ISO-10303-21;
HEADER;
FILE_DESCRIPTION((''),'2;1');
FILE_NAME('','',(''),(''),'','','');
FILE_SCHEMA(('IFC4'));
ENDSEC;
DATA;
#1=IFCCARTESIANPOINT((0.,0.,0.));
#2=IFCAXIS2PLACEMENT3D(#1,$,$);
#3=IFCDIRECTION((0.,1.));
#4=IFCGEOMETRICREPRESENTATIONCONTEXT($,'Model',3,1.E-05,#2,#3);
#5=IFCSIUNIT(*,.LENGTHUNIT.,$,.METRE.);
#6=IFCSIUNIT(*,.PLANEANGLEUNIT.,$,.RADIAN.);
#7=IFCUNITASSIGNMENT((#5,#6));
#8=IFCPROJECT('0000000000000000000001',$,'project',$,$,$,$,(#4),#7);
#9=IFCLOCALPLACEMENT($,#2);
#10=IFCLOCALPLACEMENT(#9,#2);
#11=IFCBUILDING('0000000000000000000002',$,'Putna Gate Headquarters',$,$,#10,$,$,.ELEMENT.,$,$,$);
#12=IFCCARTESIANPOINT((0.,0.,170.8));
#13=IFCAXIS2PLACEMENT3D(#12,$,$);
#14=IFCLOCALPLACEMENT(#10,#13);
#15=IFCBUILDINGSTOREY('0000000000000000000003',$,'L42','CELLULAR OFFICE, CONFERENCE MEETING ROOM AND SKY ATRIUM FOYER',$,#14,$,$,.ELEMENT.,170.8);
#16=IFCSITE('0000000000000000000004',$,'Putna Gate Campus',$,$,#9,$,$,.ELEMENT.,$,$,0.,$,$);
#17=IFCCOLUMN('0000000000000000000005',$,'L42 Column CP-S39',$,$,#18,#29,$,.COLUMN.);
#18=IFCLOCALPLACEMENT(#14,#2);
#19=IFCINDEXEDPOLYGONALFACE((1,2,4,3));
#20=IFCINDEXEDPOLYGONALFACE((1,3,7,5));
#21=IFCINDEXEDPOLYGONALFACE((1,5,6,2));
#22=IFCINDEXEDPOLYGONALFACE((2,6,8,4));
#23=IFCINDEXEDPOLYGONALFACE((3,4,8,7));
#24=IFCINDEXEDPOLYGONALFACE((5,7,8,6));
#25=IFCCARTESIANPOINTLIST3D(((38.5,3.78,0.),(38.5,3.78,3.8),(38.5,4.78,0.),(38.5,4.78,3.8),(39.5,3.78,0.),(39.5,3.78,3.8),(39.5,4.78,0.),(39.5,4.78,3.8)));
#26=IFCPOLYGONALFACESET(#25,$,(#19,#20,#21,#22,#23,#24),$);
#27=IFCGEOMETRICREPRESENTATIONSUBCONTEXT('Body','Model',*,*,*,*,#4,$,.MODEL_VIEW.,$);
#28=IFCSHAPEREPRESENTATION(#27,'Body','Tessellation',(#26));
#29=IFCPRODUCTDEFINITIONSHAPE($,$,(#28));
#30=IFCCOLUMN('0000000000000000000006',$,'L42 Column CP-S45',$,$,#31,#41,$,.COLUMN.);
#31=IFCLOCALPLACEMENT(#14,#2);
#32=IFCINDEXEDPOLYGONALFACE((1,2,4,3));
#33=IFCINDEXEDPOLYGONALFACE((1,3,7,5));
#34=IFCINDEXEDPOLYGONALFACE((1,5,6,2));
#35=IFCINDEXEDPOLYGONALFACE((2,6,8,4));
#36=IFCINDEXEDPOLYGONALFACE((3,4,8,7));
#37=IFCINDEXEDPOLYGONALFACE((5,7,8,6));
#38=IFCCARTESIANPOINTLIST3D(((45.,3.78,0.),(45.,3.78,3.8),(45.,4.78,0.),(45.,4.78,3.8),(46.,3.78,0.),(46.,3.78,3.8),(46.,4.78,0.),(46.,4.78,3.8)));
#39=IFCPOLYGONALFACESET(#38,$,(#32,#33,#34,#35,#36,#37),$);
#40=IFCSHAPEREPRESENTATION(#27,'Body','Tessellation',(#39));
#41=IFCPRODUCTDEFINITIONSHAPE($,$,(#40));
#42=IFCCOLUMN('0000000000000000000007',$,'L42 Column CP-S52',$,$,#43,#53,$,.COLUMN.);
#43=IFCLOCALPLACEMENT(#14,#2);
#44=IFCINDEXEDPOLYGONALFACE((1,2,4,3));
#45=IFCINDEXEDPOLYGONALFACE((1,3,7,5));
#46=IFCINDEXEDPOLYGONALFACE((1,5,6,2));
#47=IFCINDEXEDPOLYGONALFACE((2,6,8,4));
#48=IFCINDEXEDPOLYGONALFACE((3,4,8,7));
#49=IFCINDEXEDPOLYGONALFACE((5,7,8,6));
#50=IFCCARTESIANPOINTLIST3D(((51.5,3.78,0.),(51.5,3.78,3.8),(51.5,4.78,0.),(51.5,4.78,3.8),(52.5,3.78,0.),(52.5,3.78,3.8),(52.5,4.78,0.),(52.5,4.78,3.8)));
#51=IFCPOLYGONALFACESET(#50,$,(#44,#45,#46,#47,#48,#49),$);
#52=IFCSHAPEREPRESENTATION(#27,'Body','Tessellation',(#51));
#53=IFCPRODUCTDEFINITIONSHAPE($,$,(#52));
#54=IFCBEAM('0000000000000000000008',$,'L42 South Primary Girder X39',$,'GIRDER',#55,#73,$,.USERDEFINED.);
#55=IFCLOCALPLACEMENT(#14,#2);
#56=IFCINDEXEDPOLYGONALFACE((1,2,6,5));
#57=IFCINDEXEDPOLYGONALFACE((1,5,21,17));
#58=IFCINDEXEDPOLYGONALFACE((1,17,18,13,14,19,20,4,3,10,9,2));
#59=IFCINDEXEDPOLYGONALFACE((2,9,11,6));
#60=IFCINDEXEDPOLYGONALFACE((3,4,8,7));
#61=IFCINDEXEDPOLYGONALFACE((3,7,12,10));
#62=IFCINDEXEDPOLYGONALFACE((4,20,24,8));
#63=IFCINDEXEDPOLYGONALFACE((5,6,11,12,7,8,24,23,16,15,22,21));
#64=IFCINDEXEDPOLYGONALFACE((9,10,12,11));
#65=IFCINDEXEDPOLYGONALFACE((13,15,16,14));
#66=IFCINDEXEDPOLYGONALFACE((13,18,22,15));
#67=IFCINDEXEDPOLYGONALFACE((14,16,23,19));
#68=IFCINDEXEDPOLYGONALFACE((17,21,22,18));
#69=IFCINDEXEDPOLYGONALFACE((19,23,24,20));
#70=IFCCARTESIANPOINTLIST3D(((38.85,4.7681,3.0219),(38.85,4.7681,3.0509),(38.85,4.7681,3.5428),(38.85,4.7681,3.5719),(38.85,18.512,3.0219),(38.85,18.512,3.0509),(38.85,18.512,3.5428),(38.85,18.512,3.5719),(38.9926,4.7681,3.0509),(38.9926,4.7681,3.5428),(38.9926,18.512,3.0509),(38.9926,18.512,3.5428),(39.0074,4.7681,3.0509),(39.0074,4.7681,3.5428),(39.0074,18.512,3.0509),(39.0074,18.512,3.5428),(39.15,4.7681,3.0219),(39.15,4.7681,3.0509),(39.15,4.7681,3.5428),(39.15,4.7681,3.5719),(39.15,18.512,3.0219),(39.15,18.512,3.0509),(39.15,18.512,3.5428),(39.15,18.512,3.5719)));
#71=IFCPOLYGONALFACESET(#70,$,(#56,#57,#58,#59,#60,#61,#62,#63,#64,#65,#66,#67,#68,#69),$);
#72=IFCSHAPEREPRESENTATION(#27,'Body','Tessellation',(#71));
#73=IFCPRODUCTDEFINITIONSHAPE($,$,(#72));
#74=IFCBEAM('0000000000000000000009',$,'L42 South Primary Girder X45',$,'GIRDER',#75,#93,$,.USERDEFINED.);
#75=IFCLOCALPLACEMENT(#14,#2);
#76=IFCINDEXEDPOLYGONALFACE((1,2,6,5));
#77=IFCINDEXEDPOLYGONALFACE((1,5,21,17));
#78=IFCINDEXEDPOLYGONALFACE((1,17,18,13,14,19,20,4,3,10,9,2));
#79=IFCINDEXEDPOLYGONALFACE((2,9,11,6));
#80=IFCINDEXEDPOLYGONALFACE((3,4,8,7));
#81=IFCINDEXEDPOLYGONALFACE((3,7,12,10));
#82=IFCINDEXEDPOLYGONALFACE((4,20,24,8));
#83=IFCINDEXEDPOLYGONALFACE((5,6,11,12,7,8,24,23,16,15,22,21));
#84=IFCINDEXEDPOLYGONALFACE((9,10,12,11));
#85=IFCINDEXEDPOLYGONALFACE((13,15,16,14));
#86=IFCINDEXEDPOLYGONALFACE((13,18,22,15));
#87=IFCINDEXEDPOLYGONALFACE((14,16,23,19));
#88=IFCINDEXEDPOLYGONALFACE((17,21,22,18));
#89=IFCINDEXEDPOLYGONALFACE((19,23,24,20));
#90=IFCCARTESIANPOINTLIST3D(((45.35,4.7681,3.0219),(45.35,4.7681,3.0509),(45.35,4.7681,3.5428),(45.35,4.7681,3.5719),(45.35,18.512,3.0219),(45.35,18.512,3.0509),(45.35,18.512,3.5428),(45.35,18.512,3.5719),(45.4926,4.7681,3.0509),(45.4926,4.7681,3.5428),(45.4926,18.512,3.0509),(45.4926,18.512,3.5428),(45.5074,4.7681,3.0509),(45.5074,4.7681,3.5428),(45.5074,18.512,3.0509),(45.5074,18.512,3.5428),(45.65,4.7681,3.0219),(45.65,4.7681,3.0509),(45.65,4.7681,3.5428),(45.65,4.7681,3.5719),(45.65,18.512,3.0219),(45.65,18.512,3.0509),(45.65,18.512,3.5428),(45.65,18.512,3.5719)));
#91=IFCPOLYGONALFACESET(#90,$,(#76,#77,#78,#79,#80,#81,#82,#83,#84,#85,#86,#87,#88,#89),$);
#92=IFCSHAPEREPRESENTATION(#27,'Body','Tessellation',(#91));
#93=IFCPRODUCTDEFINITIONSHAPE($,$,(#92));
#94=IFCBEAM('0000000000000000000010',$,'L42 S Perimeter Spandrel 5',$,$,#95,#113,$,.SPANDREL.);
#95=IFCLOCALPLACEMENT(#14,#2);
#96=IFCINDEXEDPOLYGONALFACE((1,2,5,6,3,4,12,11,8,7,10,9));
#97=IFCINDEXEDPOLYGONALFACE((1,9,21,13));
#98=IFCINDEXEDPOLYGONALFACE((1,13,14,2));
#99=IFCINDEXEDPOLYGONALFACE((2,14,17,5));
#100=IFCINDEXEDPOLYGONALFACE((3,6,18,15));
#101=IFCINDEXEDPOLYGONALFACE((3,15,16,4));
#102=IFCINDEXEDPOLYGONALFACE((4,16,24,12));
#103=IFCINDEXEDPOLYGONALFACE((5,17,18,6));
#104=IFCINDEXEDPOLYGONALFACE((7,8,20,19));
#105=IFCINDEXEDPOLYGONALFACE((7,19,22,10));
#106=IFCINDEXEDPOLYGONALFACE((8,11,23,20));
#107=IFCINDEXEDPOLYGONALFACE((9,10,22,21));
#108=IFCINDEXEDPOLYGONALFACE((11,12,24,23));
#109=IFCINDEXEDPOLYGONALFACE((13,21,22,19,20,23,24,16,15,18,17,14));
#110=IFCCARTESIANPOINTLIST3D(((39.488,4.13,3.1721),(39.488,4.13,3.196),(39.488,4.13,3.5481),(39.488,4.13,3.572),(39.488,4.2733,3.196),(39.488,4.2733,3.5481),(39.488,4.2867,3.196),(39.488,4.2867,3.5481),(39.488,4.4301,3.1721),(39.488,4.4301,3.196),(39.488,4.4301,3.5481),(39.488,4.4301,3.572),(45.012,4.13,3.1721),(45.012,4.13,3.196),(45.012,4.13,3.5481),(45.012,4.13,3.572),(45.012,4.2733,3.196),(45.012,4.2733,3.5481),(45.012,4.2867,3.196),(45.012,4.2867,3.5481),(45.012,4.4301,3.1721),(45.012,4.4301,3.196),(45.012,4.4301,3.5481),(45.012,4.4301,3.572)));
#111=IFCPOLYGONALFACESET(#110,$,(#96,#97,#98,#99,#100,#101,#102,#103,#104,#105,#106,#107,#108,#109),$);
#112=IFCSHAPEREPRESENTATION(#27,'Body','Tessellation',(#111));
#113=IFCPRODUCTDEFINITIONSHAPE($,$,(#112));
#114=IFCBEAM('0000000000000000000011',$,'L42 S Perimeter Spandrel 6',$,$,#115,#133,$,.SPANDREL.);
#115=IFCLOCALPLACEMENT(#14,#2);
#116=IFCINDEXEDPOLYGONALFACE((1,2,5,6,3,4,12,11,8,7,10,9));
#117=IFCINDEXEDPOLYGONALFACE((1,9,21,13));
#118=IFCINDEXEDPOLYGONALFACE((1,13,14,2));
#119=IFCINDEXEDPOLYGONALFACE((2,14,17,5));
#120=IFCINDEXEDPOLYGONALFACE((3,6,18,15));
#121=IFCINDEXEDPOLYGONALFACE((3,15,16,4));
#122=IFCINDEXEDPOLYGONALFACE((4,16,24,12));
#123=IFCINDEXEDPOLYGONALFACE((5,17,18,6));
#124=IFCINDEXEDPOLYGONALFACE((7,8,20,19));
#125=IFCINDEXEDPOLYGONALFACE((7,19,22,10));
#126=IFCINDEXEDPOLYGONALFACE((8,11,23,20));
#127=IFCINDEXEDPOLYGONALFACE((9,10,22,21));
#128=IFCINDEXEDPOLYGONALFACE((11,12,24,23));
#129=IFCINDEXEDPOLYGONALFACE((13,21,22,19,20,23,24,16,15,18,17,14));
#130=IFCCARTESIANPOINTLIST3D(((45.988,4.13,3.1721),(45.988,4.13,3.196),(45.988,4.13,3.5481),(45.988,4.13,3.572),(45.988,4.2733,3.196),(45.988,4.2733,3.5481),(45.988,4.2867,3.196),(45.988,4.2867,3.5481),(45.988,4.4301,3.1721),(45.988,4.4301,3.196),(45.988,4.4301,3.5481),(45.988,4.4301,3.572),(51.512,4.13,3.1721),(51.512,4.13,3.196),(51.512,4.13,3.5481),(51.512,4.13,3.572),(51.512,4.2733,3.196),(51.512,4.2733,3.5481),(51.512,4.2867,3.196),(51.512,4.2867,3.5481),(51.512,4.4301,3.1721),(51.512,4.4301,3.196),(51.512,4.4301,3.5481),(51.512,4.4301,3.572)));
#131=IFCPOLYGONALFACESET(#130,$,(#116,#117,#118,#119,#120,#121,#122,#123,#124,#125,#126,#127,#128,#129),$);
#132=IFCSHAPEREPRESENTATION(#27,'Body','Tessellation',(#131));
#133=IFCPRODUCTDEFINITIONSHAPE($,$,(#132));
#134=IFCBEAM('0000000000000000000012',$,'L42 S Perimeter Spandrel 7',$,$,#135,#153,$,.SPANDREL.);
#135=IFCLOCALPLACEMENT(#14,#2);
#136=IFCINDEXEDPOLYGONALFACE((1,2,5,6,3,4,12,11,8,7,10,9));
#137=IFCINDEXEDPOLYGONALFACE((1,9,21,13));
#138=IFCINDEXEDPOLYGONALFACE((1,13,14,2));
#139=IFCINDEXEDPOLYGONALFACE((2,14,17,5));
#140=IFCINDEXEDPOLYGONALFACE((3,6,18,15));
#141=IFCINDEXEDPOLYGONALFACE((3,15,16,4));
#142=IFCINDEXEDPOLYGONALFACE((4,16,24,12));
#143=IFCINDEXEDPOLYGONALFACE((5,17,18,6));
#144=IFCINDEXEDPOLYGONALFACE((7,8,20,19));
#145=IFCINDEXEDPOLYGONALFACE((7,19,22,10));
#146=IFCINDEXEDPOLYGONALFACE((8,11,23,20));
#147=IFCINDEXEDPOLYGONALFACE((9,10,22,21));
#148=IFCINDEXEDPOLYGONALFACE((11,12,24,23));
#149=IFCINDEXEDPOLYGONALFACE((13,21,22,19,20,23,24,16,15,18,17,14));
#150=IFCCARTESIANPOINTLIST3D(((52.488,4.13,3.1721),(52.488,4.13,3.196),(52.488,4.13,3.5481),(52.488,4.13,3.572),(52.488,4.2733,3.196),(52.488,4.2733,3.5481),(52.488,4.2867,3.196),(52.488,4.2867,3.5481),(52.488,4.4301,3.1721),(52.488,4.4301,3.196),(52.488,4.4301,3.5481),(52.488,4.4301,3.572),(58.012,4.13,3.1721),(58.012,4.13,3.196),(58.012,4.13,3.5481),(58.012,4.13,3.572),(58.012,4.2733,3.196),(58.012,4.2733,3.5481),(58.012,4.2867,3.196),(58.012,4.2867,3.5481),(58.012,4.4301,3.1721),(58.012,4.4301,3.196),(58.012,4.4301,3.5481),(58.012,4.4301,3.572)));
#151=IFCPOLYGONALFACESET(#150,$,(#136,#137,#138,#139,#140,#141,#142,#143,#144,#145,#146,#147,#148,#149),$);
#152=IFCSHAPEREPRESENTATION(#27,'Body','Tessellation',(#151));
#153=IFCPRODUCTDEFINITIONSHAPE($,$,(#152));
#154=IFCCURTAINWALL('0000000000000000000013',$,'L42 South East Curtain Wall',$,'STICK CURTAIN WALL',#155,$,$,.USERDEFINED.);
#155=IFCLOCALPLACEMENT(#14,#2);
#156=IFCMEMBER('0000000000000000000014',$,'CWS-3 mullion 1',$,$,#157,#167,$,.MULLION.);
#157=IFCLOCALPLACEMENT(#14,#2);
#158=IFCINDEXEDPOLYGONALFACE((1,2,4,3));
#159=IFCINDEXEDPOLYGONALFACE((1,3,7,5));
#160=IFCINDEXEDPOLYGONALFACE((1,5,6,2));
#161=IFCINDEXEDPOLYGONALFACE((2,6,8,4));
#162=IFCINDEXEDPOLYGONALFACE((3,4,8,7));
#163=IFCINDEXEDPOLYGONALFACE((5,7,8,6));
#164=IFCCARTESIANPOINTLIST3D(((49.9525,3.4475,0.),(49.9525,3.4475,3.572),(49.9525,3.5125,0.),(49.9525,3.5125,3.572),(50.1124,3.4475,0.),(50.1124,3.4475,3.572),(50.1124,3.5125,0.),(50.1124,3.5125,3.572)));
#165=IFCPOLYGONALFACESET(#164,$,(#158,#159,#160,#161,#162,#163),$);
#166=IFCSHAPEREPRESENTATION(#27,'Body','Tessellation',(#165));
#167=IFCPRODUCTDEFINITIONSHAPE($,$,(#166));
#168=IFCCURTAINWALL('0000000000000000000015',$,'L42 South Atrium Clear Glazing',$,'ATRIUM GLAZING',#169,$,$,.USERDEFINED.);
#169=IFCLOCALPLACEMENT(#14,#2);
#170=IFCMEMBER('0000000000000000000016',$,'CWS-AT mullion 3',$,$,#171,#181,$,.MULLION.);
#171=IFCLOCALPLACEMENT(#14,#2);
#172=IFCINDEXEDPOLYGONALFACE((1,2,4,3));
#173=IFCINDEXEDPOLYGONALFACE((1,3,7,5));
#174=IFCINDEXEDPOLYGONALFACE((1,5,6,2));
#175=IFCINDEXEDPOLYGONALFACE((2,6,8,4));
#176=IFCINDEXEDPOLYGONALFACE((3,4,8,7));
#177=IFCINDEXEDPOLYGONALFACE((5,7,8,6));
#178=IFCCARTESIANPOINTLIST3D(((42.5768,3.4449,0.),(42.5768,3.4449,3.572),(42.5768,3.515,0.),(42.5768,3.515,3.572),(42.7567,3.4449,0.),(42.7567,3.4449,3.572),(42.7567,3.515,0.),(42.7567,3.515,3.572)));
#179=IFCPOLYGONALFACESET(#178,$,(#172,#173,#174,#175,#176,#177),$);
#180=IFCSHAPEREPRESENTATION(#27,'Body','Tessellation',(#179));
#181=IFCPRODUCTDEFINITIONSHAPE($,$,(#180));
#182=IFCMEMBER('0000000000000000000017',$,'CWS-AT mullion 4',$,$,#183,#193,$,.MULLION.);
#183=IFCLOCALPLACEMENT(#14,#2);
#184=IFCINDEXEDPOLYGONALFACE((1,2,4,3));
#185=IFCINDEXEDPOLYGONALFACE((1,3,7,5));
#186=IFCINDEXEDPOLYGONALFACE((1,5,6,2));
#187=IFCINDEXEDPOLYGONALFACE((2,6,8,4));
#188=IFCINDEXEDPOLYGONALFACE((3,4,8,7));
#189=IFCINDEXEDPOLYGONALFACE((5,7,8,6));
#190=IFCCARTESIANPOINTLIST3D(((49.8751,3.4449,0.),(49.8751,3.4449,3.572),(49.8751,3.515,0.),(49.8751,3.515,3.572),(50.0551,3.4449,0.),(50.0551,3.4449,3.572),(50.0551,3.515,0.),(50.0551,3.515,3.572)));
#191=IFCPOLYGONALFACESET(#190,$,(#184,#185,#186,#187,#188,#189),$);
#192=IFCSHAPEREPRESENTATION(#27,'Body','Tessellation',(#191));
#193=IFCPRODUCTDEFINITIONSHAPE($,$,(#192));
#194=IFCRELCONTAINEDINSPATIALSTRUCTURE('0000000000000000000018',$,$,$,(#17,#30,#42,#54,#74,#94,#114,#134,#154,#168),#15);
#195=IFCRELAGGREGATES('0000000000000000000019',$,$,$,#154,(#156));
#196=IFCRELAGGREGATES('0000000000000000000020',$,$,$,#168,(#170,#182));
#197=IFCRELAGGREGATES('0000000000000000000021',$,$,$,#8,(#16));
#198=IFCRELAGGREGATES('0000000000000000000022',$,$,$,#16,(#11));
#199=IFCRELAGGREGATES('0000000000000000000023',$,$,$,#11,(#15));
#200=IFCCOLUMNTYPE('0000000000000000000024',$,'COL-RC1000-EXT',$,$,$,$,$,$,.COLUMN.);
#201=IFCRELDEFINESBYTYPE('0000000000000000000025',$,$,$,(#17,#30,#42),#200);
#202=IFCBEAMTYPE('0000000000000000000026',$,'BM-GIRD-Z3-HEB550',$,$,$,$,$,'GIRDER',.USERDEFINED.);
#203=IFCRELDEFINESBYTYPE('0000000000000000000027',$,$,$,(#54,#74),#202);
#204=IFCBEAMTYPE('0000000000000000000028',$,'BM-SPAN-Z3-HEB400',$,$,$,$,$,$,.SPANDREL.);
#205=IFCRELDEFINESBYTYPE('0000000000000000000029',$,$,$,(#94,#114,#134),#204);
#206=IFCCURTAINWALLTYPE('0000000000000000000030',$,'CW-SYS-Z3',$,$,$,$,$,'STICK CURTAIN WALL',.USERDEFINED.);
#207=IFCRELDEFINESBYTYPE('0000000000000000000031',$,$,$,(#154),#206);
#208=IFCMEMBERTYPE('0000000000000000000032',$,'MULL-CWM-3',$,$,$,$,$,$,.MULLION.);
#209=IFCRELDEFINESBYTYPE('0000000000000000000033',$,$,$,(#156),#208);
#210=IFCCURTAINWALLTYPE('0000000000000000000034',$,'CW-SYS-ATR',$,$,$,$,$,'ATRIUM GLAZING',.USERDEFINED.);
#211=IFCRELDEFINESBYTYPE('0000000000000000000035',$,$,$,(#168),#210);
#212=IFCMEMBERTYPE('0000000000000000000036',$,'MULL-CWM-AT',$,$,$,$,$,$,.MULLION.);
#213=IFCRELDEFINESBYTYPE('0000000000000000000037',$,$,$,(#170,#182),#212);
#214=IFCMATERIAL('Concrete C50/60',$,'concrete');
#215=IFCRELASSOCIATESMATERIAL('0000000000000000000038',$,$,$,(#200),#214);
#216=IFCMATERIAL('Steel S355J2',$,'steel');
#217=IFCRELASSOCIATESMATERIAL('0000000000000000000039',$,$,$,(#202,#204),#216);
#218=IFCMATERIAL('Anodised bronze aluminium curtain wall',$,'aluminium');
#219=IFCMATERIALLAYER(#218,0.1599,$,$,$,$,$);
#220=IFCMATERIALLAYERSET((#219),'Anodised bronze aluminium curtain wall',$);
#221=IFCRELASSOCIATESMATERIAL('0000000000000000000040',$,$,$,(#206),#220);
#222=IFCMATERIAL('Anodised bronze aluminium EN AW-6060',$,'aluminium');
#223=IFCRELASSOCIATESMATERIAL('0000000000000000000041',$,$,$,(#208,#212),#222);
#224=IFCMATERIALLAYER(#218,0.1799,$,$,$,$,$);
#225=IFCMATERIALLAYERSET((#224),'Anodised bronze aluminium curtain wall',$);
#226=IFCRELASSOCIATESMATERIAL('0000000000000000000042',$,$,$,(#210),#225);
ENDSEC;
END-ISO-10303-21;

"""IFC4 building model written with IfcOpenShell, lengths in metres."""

from ifc_helpers import new_model, si_unit, direction, frame, origin, origin_2d, place, context, subcontext, project, spatial, rectangle, i_section, extrude, material, layer, layer_set, material_profile, profile_set, type_object, element, aggregate, save


model = new_model("IFC4")

# Units and contexts
model_context = context("Model", 3, precision=1e-05, world=origin(), true_north=direction((0.0, 1.0)))
body_context = subcontext(model_context, "Body", "Model", "MODEL_VIEW")
ifc_project = project(units=[si_unit("LENGTHUNIT", "METRE"), si_unit("PLANEANGLEUNIT", "RADIAN")], contexts=[model_context])

# Site, building, storey
site_placement = place(None, origin())
site = spatial("IfcSite", under=ifc_project, at=site_placement, Name="Putna Gate Campus", CompositionType="ELEMENT", RefElevation=0.0)
building_placement = place(site_placement, origin())
building = spatial("IfcBuilding", under=site, at=building_placement, Name="Putna Gate Headquarters", CompositionType="ELEMENT")
storey_placement = place(building_placement, frame((0.0, 0.0, 170.8)))
storey = spatial("IfcBuildingStorey", under=building, at=storey_placement, Name="L42", Description="CELLULAR OFFICE, CONFERENCE MEETING ROOM AND SKY ATRIUM FOYER", CompositionType="ELEMENT", Elevation=170.8)

# Columns
ifc_material_1 = material(Name="Concrete C50/60", Category="concrete")
ifc_material_profile_1 = material_profile(ifc_material_1, rectangle(XDim=1.0, YDim=1.0, at=origin_2d()), Name="Concrete C50/60")
ifc_profile_set_1 = profile_set([ifc_material_profile_1], Name="Concrete C50/60")
column_type = type_object("IfcColumnType", Name="COL-RC1000-EXT", PredefinedType="COLUMN", material=ifc_profile_set_1)
for number, where, z_axis, x_axis, name in (
    (1, (39.0, 4.28, 0.0), (0.0, 0.0, 1.0), (1.0, 0.0, 0.0), "L42 Column CP-S39"),
    (2, (45.5, 4.28, 0.0), (0.0, 0.0, 1.0), (1.0, 0.0, 0.0), "L42 Column CP-S45"),
    (3, (52.0, 4.28, 0.0), (0.0, 0.0, 1.0), (1.0, 0.0, 0.0), "L42 Column CP-S52"),
):
    element("IfcColumn", number, at=place(storey_placement, frame(where, z_axis=z_axis, x_axis=x_axis)), inside=storey, type_object=column_type, Name=name, PredefinedType="COLUMN", context=body_context, shape_type="SweptSolid", body=[
        extrude(rectangle(XDim=1.0, YDim=1.0, at=origin_2d()), origin(), (0.0, 0.0, 1.0), 3.8),
    ])

# Beams
ifc_material_2 = material(Name="Steel S355J2", Category="steel")
ifc_material_profile_2 = material_profile(ifc_material_2, i_section(OverallWidth=0.3, OverallDepth=0.55, WebThickness=0.0149, FlangeThickness=0.0291, at=origin_2d()), Name="Steel S355J2")
ifc_profile_set_2 = profile_set([ifc_material_profile_2], Name="Steel S355J2")
beam_type_1 = type_object("IfcBeamType", Name="BM-GIRD-Z3-HEB550", ElementType="GIRDER", PredefinedType="USERDEFINED", material=ifc_profile_set_2)
for number, where, z_axis, x_axis, name in (
    (4, (39.0, 4.7681, 3.2969), (0.0, 1.0, 0.0), (-1.0, 0.0, 0.0), "L42 South Primary Girder X39"),
    (5, (45.5, 4.7681, 3.2969), (0.0, 1.0, 0.0), (-1.0, 0.0, 0.0), "L42 South Primary Girder X45"),
):
    element("IfcBeam", number, at=place(storey_placement, frame(where, z_axis=z_axis, x_axis=x_axis)), inside=storey, type_object=beam_type_1, Name=name, ObjectType="GIRDER", PredefinedType="USERDEFINED", context=body_context, shape_type="SweptSolid", body=[
        extrude(i_section(OverallWidth=0.3, OverallDepth=0.55, WebThickness=0.0149, FlangeThickness=0.0291, at=origin_2d()), origin(), (0.0, 0.0, 1.0), 13.7439),
    ])
ifc_material_profile_3 = material_profile(ifc_material_2, i_section(OverallWidth=0.3, OverallDepth=0.3999, WebThickness=0.0134, FlangeThickness=0.0239, at=origin_2d()), Name="Steel S355J2")
ifc_profile_set_3 = profile_set([ifc_material_profile_3], Name="Steel S355J2")
beam_type_2 = type_object("IfcBeamType", Name="BM-SPAN-Z3-HEB400", PredefinedType="SPANDREL", material=ifc_profile_set_3)
for number, where, z_axis, x_axis, name in (
    (6, (39.488, 4.28, 3.3721), (1.0, 0.0, 0.0), (0.0, 1.0, 0.0), "L42 S Perimeter Spandrel 5"),
    (7, (45.988, 4.28, 3.3721), (1.0, 0.0, 0.0), (0.0, 1.0, 0.0), "L42 S Perimeter Spandrel 6"),
    (8, (52.488, 4.28, 3.3721), (1.0, 0.0, 0.0), (0.0, 1.0, 0.0), "L42 S Perimeter Spandrel 7"),
):
    element("IfcBeam", number, at=place(storey_placement, frame(where, z_axis=z_axis, x_axis=x_axis)), inside=storey, type_object=beam_type_2, Name=name, PredefinedType="SPANDREL", context=body_context, shape_type="SweptSolid", body=[
        extrude(i_section(OverallWidth=0.3, OverallDepth=0.3999, WebThickness=0.0134, FlangeThickness=0.0239, at=origin_2d()), origin(), (0.0, 0.0, 1.0), 5.5239),
    ])

# Curtain wall, member
ifc_material_3 = material(Name="Anodised bronze aluminium curtain wall", Category="aluminium")
ifc_layer_1 = layer(ifc_material_3, 0.1599)
ifc_layer_set_1 = layer_set([ifc_layer_1], Name="Anodised bronze aluminium curtain wall")
curtain_wall_type_1 = type_object("IfcCurtainWallType", Name="CW-SYS-Z3", ElementType="STICK CURTAIN WALL", PredefinedType="USERDEFINED", material=ifc_layer_set_1)
curtain_wall_1_placement = place(storey_placement, origin())
curtain_wall_1 = element("IfcCurtainWall", 9, at=curtain_wall_1_placement, inside=storey, type_object=curtain_wall_type_1, Name="L42 South East Curtain Wall", ObjectType="STICK CURTAIN WALL", PredefinedType="USERDEFINED")
ifc_material_4 = material(Name="Anodised bronze aluminium EN AW-6060", Category="aluminium")
ifc_material_profile_4 = material_profile(ifc_material_4, rectangle(XDim=0.0649, YDim=0.1599, at=origin_2d()), Name="Anodised bronze aluminium EN AW-6060")
ifc_profile_set_4 = profile_set([ifc_material_profile_4], Name="Anodised bronze aluminium EN AW-6060")
member_type_1 = type_object("IfcMemberType", Name="MULL-CWM-3", PredefinedType="MULLION", material=ifc_profile_set_4)
member_1_placement = place(storey_placement, frame((50.0325, 3.48, 0.0), z_axis=(0.0, 0.0, 1.0), x_axis=(0.0, 1.0, 0.0)))
member_1 = element("IfcMember", 10, at=member_1_placement, type_object=member_type_1, Name="CWS-3 mullion 1", PredefinedType="MULLION", context=body_context, shape_type="SweptSolid", body=[
    extrude(rectangle(XDim=0.0649, YDim=0.1599, at=origin_2d()), origin(), (0.0, 0.0, 1.0), 3.572),
])

# Curtain wall, members
ifc_layer_2 = layer(ifc_material_3, 0.1799)
ifc_layer_set_2 = layer_set([ifc_layer_2], Name="Anodised bronze aluminium curtain wall")
curtain_wall_type_2 = type_object("IfcCurtainWallType", Name="CW-SYS-ATR", ElementType="ATRIUM GLAZING", PredefinedType="USERDEFINED", material=ifc_layer_set_2)
curtain_wall_2_placement = place(storey_placement, origin())
curtain_wall_2 = element("IfcCurtainWall", 11, at=curtain_wall_2_placement, inside=storey, type_object=curtain_wall_type_2, Name="L42 South Atrium Clear Glazing", ObjectType="ATRIUM GLAZING", PredefinedType="USERDEFINED")
ifc_material_profile_5 = material_profile(ifc_material_4, rectangle(XDim=0.0701, YDim=0.1799, at=origin_2d()), Name="Anodised bronze aluminium EN AW-6060")
ifc_profile_set_5 = profile_set([ifc_material_profile_5], Name="Anodised bronze aluminium EN AW-6060")
member_type_2 = type_object("IfcMemberType", Name="MULL-CWM-AT", PredefinedType="MULLION", material=ifc_profile_set_5)
member_2_placement = place(storey_placement, frame((42.6667, 3.48, 0.0), z_axis=(0.0, 0.0, 1.0), x_axis=(0.0, 1.0, 0.0)))
member_2 = element("IfcMember", 12, at=member_2_placement, type_object=member_type_2, Name="CWS-AT mullion 3", PredefinedType="MULLION", context=body_context, shape_type="SweptSolid", body=[
    extrude(rectangle(XDim=0.0701, YDim=0.1799, at=origin_2d()), origin(), (0.0, 0.0, 1.0), 3.572),
])
member_3_placement = place(storey_placement, frame((49.9651, 3.48, 0.0), z_axis=(0.0, 0.0, 1.0), x_axis=(0.0, 1.0, 0.0)))
member_3 = element("IfcMember", 13, at=member_3_placement, type_object=member_type_2, Name="CWS-AT mullion 4", PredefinedType="MULLION", context=body_context, shape_type="SweptSolid", body=[
    extrude(rectangle(XDim=0.0701, YDim=0.1799, at=origin_2d()), origin(), (0.0, 0.0, 1.0), 3.572),
])

aggregate(curtain_wall_1, [member_1])
aggregate(curtain_wall_2, [member_2, member_3])

save(model, "model.ifc")
